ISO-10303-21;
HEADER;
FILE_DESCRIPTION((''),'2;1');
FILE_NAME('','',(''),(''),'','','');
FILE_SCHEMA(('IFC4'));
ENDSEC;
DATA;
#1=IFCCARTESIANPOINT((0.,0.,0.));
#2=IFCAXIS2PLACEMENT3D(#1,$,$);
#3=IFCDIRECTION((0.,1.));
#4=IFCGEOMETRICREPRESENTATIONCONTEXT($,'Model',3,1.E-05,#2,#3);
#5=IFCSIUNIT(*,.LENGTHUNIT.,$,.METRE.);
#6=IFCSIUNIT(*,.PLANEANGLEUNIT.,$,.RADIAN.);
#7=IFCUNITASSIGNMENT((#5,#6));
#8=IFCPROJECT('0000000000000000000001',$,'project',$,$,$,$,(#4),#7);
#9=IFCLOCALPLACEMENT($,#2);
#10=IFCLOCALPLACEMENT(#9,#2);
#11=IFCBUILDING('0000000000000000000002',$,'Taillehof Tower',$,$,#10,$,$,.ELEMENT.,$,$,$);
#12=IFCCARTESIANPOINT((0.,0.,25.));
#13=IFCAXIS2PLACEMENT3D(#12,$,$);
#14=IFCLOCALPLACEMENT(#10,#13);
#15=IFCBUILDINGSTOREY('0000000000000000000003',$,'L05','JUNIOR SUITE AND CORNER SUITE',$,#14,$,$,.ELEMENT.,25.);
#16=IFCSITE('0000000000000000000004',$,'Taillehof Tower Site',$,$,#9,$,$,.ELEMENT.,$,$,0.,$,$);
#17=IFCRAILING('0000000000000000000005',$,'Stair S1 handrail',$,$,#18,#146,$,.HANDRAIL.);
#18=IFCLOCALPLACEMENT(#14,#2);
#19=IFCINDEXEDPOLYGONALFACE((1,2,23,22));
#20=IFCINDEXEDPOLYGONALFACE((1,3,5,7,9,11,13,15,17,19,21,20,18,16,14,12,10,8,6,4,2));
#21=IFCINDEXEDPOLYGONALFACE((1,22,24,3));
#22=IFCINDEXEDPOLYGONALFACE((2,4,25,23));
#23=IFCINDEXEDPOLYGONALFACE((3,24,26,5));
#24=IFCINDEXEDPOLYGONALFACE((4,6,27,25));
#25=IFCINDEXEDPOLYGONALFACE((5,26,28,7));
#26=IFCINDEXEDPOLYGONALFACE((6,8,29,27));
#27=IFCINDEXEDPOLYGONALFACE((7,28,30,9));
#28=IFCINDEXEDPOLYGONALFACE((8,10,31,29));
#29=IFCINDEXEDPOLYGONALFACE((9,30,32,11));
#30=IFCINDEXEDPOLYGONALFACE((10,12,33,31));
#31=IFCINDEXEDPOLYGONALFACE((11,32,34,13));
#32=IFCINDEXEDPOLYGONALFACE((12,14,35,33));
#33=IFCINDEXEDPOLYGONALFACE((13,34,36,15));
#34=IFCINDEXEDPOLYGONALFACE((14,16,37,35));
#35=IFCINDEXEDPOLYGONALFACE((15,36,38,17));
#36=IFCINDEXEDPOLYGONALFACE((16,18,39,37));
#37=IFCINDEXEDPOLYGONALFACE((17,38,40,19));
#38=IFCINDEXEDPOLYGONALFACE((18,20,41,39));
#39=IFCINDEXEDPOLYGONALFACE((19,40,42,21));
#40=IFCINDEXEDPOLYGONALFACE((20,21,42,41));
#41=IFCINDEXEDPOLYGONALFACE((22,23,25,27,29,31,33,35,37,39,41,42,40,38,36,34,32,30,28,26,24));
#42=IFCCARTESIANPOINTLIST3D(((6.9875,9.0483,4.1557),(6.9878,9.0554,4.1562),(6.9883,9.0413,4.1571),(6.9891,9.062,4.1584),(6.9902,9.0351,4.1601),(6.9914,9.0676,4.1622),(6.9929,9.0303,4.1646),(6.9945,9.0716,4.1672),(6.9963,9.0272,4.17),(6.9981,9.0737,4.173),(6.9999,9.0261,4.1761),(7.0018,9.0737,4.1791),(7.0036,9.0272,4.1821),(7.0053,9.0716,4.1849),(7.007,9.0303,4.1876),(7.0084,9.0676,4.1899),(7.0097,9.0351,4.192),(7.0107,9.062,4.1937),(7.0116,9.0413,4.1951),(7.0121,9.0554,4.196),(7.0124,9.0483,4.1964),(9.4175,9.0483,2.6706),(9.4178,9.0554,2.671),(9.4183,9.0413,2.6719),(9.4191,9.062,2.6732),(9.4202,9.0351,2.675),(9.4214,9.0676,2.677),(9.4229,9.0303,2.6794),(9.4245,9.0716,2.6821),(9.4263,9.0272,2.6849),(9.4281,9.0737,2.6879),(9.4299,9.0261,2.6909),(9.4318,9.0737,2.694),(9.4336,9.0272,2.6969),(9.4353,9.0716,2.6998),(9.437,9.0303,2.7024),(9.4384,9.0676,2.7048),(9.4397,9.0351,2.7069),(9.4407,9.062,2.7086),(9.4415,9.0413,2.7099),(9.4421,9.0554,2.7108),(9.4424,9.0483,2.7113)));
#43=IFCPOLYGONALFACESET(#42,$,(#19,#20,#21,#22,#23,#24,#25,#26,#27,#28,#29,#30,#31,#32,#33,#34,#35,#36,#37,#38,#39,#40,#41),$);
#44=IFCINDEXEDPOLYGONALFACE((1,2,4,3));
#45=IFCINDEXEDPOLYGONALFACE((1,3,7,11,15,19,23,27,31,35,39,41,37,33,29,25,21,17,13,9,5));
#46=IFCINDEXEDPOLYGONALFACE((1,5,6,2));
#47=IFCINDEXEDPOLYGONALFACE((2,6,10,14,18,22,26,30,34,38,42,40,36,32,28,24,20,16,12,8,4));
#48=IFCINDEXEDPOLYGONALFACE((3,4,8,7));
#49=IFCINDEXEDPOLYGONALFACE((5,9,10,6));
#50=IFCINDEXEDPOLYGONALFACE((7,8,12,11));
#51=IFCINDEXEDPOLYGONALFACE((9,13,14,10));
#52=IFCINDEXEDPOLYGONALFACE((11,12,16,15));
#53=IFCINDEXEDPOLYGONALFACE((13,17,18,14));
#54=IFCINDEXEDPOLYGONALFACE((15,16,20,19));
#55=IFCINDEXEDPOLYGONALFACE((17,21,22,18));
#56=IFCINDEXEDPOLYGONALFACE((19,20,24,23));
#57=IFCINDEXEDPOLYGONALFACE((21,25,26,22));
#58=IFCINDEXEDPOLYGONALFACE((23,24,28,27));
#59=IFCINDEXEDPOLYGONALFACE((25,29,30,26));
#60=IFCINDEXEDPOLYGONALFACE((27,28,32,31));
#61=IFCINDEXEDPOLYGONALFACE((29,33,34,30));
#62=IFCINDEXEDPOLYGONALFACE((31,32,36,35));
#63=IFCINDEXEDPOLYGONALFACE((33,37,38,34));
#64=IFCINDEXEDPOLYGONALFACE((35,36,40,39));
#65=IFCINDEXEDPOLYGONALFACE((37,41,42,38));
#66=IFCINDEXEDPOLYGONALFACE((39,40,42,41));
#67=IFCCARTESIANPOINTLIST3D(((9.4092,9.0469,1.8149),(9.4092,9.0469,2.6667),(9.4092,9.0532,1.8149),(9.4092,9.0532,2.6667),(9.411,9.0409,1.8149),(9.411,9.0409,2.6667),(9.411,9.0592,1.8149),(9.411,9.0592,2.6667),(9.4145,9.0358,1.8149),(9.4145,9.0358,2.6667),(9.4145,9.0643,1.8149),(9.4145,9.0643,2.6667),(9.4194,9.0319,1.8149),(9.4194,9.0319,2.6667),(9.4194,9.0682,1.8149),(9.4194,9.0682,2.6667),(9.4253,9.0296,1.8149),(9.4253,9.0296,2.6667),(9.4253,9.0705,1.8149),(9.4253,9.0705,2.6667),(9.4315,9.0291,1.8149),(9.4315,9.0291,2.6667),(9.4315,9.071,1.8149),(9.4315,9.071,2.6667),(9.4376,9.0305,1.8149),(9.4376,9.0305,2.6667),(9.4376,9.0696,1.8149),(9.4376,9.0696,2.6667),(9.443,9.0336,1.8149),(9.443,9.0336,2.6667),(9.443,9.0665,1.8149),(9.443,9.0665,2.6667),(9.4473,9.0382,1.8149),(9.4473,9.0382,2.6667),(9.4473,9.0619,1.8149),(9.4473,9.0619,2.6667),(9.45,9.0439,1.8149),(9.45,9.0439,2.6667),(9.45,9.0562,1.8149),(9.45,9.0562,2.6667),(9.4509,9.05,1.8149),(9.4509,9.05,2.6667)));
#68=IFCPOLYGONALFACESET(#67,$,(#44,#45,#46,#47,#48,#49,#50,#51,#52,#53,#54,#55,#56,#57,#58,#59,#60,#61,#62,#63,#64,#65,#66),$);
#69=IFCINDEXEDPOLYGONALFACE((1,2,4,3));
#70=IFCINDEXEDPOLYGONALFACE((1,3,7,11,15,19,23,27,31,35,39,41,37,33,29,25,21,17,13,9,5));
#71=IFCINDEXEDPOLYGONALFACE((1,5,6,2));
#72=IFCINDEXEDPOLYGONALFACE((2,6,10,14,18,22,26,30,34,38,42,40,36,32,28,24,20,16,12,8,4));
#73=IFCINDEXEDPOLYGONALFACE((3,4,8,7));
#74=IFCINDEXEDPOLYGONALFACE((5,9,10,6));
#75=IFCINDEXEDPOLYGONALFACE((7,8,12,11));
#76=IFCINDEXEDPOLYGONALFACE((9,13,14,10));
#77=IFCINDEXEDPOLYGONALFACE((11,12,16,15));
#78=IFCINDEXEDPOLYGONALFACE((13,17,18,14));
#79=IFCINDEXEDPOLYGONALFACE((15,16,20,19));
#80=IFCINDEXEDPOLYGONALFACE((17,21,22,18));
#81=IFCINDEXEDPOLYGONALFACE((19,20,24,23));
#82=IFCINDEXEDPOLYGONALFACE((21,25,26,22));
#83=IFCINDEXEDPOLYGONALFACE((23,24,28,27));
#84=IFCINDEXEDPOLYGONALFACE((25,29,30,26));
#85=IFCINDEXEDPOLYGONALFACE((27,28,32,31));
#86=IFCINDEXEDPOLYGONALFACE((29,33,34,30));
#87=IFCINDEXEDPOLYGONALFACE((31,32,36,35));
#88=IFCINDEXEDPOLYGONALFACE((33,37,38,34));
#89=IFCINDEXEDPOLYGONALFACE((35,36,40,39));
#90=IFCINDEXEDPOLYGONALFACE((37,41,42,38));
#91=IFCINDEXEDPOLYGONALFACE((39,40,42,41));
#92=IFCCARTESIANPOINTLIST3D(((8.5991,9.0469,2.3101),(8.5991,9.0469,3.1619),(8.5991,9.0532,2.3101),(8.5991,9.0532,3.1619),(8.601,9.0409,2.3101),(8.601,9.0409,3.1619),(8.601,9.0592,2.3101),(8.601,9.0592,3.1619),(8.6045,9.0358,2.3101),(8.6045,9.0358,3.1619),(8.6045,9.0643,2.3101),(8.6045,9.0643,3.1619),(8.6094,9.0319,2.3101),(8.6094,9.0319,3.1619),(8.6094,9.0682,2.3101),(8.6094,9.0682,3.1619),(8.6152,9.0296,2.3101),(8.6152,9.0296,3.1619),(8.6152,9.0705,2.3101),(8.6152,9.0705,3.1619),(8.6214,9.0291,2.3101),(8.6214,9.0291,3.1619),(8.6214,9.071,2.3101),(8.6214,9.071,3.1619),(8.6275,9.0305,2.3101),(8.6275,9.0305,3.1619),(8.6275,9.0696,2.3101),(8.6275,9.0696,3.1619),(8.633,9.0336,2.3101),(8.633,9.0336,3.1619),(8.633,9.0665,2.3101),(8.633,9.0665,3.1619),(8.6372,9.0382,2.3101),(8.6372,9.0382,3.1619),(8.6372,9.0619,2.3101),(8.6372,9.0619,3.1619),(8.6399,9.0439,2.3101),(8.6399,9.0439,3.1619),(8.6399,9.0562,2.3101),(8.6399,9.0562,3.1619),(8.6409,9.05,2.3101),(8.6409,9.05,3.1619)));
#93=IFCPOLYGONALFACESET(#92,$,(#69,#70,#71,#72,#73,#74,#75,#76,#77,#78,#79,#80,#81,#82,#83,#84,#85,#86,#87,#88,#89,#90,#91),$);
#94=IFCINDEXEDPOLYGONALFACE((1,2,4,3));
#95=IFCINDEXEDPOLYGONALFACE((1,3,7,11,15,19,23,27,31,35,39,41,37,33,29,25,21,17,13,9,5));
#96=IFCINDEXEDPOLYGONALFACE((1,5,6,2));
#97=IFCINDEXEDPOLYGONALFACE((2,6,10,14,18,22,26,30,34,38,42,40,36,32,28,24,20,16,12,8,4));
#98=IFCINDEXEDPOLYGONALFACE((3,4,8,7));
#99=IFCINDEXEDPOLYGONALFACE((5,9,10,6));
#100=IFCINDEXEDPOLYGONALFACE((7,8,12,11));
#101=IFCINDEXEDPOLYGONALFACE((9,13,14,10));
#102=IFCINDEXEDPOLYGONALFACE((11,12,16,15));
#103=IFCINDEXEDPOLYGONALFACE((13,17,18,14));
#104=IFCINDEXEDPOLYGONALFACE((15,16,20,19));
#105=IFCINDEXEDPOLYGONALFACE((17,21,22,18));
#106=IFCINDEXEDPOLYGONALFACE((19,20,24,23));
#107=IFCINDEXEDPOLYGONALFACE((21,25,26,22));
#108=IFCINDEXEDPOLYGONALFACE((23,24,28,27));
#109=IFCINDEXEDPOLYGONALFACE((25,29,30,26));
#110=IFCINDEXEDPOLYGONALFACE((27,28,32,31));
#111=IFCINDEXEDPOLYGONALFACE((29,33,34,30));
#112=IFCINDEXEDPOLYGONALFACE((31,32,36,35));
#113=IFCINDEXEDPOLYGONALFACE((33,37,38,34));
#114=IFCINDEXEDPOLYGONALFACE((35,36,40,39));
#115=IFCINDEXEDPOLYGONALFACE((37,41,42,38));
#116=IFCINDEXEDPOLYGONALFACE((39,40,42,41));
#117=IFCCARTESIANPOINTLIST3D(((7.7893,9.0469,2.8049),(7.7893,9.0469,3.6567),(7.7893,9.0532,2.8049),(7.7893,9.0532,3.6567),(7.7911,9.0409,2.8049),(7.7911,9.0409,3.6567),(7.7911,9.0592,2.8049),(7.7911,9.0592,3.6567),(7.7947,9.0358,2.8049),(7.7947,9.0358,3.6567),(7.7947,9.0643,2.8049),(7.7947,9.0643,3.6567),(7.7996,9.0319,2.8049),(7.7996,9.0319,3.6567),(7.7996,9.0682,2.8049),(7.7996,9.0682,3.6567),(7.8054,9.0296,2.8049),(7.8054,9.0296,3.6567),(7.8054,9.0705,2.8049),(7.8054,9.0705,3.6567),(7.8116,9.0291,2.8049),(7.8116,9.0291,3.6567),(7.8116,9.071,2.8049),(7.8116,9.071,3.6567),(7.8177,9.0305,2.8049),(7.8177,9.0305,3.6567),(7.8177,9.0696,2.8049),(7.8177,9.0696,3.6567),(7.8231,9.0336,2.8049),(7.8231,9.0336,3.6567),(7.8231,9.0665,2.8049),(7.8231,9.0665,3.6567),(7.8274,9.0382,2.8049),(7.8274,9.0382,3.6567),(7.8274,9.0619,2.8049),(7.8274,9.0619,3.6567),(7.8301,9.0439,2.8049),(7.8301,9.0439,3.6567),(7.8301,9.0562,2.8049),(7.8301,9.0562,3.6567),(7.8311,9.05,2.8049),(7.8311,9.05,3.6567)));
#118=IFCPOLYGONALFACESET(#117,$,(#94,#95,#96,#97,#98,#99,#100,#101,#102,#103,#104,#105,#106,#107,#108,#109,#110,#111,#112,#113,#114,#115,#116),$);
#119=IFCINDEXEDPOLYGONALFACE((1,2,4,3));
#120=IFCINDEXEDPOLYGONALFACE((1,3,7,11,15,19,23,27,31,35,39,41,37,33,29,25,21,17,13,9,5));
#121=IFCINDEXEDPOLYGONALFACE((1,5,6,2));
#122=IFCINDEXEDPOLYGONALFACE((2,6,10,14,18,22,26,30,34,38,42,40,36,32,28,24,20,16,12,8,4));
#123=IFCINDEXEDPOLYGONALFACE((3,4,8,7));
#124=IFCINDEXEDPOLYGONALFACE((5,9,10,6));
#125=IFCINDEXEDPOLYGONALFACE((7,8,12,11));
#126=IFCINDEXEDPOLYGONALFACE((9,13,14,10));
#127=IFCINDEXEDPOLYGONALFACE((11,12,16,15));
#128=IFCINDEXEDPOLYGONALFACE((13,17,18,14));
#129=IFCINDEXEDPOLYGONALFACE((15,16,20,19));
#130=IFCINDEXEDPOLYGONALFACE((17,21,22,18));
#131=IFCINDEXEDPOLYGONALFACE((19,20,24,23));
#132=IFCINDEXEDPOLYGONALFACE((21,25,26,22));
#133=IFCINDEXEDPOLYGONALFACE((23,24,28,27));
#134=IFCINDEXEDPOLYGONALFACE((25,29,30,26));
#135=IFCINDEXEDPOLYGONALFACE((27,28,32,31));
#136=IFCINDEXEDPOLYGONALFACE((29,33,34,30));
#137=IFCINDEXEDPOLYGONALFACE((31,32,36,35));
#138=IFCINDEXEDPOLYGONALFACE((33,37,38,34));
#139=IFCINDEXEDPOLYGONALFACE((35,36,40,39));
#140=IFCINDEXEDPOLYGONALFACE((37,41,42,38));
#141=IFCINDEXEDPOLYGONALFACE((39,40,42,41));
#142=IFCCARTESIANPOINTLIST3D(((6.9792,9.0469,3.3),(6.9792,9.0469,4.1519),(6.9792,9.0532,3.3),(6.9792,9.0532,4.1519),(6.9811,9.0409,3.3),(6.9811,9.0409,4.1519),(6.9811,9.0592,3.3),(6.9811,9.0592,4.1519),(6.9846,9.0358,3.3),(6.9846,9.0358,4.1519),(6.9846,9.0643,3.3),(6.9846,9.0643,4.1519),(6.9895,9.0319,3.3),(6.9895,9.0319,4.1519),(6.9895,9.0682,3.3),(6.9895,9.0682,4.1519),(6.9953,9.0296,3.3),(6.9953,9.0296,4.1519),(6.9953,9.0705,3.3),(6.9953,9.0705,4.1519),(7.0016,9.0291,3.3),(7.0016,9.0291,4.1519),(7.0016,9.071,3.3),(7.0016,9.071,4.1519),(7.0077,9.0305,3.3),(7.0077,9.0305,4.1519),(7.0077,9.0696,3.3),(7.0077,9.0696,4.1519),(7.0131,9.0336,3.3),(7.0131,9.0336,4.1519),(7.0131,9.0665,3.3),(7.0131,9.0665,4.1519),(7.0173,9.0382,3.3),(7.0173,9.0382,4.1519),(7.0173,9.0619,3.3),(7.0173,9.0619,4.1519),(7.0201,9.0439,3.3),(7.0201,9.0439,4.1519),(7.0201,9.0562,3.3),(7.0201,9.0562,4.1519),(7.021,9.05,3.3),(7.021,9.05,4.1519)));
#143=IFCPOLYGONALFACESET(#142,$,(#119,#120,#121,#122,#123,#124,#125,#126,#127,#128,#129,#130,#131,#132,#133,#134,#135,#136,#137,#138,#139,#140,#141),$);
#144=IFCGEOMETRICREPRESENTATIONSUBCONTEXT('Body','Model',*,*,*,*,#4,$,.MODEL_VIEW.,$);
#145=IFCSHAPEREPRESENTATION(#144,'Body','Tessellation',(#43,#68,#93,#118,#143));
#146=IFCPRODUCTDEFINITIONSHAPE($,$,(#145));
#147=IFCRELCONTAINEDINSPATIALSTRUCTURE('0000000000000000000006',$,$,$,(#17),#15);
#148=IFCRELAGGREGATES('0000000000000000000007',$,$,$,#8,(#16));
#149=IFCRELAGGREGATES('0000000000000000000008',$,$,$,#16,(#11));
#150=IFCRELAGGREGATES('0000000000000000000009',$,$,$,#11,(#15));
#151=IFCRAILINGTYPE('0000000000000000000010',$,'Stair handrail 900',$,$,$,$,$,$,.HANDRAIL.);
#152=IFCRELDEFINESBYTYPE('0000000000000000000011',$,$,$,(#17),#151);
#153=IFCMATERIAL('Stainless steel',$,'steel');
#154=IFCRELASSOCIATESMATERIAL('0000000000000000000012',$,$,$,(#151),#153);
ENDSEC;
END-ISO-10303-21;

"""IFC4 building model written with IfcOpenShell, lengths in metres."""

from ifc_helpers import new_model, si_unit, direction, frame, origin, origin_2d, place, context, subcontext, project, spatial, circle, extrude, material, type_object, element, save


model = new_model("IFC4")

# Units and contexts
model_context = context("Model", 3, precision=1e-05, world=origin(), true_north=direction((0.0, 1.0)))
body_context = subcontext(model_context, "Body", "Model", "MODEL_VIEW")
ifc_project = project(units=[si_unit("LENGTHUNIT", "METRE"), si_unit("PLANEANGLEUNIT", "RADIAN")], contexts=[model_context])

# Site, building, storey
site_placement = place(None, origin())
site = spatial("IfcSite", under=ifc_project, at=site_placement, Name="Taillehof Tower Site", CompositionType="ELEMENT", RefElevation=0.0)
building_placement = place(site_placement, origin())
building = spatial("IfcBuilding", under=site, at=building_placement, Name="Taillehof Tower", CompositionType="ELEMENT")
storey_placement = place(building_placement, frame((0.0, 0.0, 25.0)))
storey = spatial("IfcBuildingStorey", under=building, at=storey_placement, Name="L05", Description="JUNIOR SUITE AND CORNER SUITE", CompositionType="ELEMENT", Elevation=25.0)

# Railing
ifc_material_1 = material(Name="Stainless steel", Category="steel")
railing_type = type_object("IfcRailingType", Name="Stair handrail 900", PredefinedType="HANDRAIL", material=ifc_material_1)
railing_1_placement = place(storey_placement, frame((9.4299, 9.05, 1.8149)))
element("IfcRailing", 1, at=railing_1_placement, inside=storey, type_object=railing_type, Name="Stair S1 handrail", PredefinedType="HANDRAIL", context=body_context, shape_type="SweptSolid", body=[
    extrude(circle(Radius=0.0239, at=origin_2d()), frame((0.0, 0.0, 0.876), z_axis=(-0.853259, 0.0, 0.521488), x_axis=(0.0, -1.0, 0.0)), (0.0, 0.0, 1.0), 2.8479),
    extrude(circle(Radius=0.021, at=origin_2d()), origin(), (0.0, 0.0, 1.0), 0.8518),
    extrude(circle(Radius=0.021, at=origin_2d()), frame((-0.8101, 0.0, 0.4951)), (0.0, 0.0, 1.0), 0.8518),
    extrude(circle(Radius=0.021, at=origin_2d()), frame((-1.6199, 0.0, 0.99)), (0.0, 0.0, 1.0), 0.8518),
    extrude(circle(Radius=0.021, at=origin_2d()), frame((-2.4299, 0.0, 1.4851)), (0.0, 0.0, 1.0), 0.8518),
])

save(model, "model.ifc")
